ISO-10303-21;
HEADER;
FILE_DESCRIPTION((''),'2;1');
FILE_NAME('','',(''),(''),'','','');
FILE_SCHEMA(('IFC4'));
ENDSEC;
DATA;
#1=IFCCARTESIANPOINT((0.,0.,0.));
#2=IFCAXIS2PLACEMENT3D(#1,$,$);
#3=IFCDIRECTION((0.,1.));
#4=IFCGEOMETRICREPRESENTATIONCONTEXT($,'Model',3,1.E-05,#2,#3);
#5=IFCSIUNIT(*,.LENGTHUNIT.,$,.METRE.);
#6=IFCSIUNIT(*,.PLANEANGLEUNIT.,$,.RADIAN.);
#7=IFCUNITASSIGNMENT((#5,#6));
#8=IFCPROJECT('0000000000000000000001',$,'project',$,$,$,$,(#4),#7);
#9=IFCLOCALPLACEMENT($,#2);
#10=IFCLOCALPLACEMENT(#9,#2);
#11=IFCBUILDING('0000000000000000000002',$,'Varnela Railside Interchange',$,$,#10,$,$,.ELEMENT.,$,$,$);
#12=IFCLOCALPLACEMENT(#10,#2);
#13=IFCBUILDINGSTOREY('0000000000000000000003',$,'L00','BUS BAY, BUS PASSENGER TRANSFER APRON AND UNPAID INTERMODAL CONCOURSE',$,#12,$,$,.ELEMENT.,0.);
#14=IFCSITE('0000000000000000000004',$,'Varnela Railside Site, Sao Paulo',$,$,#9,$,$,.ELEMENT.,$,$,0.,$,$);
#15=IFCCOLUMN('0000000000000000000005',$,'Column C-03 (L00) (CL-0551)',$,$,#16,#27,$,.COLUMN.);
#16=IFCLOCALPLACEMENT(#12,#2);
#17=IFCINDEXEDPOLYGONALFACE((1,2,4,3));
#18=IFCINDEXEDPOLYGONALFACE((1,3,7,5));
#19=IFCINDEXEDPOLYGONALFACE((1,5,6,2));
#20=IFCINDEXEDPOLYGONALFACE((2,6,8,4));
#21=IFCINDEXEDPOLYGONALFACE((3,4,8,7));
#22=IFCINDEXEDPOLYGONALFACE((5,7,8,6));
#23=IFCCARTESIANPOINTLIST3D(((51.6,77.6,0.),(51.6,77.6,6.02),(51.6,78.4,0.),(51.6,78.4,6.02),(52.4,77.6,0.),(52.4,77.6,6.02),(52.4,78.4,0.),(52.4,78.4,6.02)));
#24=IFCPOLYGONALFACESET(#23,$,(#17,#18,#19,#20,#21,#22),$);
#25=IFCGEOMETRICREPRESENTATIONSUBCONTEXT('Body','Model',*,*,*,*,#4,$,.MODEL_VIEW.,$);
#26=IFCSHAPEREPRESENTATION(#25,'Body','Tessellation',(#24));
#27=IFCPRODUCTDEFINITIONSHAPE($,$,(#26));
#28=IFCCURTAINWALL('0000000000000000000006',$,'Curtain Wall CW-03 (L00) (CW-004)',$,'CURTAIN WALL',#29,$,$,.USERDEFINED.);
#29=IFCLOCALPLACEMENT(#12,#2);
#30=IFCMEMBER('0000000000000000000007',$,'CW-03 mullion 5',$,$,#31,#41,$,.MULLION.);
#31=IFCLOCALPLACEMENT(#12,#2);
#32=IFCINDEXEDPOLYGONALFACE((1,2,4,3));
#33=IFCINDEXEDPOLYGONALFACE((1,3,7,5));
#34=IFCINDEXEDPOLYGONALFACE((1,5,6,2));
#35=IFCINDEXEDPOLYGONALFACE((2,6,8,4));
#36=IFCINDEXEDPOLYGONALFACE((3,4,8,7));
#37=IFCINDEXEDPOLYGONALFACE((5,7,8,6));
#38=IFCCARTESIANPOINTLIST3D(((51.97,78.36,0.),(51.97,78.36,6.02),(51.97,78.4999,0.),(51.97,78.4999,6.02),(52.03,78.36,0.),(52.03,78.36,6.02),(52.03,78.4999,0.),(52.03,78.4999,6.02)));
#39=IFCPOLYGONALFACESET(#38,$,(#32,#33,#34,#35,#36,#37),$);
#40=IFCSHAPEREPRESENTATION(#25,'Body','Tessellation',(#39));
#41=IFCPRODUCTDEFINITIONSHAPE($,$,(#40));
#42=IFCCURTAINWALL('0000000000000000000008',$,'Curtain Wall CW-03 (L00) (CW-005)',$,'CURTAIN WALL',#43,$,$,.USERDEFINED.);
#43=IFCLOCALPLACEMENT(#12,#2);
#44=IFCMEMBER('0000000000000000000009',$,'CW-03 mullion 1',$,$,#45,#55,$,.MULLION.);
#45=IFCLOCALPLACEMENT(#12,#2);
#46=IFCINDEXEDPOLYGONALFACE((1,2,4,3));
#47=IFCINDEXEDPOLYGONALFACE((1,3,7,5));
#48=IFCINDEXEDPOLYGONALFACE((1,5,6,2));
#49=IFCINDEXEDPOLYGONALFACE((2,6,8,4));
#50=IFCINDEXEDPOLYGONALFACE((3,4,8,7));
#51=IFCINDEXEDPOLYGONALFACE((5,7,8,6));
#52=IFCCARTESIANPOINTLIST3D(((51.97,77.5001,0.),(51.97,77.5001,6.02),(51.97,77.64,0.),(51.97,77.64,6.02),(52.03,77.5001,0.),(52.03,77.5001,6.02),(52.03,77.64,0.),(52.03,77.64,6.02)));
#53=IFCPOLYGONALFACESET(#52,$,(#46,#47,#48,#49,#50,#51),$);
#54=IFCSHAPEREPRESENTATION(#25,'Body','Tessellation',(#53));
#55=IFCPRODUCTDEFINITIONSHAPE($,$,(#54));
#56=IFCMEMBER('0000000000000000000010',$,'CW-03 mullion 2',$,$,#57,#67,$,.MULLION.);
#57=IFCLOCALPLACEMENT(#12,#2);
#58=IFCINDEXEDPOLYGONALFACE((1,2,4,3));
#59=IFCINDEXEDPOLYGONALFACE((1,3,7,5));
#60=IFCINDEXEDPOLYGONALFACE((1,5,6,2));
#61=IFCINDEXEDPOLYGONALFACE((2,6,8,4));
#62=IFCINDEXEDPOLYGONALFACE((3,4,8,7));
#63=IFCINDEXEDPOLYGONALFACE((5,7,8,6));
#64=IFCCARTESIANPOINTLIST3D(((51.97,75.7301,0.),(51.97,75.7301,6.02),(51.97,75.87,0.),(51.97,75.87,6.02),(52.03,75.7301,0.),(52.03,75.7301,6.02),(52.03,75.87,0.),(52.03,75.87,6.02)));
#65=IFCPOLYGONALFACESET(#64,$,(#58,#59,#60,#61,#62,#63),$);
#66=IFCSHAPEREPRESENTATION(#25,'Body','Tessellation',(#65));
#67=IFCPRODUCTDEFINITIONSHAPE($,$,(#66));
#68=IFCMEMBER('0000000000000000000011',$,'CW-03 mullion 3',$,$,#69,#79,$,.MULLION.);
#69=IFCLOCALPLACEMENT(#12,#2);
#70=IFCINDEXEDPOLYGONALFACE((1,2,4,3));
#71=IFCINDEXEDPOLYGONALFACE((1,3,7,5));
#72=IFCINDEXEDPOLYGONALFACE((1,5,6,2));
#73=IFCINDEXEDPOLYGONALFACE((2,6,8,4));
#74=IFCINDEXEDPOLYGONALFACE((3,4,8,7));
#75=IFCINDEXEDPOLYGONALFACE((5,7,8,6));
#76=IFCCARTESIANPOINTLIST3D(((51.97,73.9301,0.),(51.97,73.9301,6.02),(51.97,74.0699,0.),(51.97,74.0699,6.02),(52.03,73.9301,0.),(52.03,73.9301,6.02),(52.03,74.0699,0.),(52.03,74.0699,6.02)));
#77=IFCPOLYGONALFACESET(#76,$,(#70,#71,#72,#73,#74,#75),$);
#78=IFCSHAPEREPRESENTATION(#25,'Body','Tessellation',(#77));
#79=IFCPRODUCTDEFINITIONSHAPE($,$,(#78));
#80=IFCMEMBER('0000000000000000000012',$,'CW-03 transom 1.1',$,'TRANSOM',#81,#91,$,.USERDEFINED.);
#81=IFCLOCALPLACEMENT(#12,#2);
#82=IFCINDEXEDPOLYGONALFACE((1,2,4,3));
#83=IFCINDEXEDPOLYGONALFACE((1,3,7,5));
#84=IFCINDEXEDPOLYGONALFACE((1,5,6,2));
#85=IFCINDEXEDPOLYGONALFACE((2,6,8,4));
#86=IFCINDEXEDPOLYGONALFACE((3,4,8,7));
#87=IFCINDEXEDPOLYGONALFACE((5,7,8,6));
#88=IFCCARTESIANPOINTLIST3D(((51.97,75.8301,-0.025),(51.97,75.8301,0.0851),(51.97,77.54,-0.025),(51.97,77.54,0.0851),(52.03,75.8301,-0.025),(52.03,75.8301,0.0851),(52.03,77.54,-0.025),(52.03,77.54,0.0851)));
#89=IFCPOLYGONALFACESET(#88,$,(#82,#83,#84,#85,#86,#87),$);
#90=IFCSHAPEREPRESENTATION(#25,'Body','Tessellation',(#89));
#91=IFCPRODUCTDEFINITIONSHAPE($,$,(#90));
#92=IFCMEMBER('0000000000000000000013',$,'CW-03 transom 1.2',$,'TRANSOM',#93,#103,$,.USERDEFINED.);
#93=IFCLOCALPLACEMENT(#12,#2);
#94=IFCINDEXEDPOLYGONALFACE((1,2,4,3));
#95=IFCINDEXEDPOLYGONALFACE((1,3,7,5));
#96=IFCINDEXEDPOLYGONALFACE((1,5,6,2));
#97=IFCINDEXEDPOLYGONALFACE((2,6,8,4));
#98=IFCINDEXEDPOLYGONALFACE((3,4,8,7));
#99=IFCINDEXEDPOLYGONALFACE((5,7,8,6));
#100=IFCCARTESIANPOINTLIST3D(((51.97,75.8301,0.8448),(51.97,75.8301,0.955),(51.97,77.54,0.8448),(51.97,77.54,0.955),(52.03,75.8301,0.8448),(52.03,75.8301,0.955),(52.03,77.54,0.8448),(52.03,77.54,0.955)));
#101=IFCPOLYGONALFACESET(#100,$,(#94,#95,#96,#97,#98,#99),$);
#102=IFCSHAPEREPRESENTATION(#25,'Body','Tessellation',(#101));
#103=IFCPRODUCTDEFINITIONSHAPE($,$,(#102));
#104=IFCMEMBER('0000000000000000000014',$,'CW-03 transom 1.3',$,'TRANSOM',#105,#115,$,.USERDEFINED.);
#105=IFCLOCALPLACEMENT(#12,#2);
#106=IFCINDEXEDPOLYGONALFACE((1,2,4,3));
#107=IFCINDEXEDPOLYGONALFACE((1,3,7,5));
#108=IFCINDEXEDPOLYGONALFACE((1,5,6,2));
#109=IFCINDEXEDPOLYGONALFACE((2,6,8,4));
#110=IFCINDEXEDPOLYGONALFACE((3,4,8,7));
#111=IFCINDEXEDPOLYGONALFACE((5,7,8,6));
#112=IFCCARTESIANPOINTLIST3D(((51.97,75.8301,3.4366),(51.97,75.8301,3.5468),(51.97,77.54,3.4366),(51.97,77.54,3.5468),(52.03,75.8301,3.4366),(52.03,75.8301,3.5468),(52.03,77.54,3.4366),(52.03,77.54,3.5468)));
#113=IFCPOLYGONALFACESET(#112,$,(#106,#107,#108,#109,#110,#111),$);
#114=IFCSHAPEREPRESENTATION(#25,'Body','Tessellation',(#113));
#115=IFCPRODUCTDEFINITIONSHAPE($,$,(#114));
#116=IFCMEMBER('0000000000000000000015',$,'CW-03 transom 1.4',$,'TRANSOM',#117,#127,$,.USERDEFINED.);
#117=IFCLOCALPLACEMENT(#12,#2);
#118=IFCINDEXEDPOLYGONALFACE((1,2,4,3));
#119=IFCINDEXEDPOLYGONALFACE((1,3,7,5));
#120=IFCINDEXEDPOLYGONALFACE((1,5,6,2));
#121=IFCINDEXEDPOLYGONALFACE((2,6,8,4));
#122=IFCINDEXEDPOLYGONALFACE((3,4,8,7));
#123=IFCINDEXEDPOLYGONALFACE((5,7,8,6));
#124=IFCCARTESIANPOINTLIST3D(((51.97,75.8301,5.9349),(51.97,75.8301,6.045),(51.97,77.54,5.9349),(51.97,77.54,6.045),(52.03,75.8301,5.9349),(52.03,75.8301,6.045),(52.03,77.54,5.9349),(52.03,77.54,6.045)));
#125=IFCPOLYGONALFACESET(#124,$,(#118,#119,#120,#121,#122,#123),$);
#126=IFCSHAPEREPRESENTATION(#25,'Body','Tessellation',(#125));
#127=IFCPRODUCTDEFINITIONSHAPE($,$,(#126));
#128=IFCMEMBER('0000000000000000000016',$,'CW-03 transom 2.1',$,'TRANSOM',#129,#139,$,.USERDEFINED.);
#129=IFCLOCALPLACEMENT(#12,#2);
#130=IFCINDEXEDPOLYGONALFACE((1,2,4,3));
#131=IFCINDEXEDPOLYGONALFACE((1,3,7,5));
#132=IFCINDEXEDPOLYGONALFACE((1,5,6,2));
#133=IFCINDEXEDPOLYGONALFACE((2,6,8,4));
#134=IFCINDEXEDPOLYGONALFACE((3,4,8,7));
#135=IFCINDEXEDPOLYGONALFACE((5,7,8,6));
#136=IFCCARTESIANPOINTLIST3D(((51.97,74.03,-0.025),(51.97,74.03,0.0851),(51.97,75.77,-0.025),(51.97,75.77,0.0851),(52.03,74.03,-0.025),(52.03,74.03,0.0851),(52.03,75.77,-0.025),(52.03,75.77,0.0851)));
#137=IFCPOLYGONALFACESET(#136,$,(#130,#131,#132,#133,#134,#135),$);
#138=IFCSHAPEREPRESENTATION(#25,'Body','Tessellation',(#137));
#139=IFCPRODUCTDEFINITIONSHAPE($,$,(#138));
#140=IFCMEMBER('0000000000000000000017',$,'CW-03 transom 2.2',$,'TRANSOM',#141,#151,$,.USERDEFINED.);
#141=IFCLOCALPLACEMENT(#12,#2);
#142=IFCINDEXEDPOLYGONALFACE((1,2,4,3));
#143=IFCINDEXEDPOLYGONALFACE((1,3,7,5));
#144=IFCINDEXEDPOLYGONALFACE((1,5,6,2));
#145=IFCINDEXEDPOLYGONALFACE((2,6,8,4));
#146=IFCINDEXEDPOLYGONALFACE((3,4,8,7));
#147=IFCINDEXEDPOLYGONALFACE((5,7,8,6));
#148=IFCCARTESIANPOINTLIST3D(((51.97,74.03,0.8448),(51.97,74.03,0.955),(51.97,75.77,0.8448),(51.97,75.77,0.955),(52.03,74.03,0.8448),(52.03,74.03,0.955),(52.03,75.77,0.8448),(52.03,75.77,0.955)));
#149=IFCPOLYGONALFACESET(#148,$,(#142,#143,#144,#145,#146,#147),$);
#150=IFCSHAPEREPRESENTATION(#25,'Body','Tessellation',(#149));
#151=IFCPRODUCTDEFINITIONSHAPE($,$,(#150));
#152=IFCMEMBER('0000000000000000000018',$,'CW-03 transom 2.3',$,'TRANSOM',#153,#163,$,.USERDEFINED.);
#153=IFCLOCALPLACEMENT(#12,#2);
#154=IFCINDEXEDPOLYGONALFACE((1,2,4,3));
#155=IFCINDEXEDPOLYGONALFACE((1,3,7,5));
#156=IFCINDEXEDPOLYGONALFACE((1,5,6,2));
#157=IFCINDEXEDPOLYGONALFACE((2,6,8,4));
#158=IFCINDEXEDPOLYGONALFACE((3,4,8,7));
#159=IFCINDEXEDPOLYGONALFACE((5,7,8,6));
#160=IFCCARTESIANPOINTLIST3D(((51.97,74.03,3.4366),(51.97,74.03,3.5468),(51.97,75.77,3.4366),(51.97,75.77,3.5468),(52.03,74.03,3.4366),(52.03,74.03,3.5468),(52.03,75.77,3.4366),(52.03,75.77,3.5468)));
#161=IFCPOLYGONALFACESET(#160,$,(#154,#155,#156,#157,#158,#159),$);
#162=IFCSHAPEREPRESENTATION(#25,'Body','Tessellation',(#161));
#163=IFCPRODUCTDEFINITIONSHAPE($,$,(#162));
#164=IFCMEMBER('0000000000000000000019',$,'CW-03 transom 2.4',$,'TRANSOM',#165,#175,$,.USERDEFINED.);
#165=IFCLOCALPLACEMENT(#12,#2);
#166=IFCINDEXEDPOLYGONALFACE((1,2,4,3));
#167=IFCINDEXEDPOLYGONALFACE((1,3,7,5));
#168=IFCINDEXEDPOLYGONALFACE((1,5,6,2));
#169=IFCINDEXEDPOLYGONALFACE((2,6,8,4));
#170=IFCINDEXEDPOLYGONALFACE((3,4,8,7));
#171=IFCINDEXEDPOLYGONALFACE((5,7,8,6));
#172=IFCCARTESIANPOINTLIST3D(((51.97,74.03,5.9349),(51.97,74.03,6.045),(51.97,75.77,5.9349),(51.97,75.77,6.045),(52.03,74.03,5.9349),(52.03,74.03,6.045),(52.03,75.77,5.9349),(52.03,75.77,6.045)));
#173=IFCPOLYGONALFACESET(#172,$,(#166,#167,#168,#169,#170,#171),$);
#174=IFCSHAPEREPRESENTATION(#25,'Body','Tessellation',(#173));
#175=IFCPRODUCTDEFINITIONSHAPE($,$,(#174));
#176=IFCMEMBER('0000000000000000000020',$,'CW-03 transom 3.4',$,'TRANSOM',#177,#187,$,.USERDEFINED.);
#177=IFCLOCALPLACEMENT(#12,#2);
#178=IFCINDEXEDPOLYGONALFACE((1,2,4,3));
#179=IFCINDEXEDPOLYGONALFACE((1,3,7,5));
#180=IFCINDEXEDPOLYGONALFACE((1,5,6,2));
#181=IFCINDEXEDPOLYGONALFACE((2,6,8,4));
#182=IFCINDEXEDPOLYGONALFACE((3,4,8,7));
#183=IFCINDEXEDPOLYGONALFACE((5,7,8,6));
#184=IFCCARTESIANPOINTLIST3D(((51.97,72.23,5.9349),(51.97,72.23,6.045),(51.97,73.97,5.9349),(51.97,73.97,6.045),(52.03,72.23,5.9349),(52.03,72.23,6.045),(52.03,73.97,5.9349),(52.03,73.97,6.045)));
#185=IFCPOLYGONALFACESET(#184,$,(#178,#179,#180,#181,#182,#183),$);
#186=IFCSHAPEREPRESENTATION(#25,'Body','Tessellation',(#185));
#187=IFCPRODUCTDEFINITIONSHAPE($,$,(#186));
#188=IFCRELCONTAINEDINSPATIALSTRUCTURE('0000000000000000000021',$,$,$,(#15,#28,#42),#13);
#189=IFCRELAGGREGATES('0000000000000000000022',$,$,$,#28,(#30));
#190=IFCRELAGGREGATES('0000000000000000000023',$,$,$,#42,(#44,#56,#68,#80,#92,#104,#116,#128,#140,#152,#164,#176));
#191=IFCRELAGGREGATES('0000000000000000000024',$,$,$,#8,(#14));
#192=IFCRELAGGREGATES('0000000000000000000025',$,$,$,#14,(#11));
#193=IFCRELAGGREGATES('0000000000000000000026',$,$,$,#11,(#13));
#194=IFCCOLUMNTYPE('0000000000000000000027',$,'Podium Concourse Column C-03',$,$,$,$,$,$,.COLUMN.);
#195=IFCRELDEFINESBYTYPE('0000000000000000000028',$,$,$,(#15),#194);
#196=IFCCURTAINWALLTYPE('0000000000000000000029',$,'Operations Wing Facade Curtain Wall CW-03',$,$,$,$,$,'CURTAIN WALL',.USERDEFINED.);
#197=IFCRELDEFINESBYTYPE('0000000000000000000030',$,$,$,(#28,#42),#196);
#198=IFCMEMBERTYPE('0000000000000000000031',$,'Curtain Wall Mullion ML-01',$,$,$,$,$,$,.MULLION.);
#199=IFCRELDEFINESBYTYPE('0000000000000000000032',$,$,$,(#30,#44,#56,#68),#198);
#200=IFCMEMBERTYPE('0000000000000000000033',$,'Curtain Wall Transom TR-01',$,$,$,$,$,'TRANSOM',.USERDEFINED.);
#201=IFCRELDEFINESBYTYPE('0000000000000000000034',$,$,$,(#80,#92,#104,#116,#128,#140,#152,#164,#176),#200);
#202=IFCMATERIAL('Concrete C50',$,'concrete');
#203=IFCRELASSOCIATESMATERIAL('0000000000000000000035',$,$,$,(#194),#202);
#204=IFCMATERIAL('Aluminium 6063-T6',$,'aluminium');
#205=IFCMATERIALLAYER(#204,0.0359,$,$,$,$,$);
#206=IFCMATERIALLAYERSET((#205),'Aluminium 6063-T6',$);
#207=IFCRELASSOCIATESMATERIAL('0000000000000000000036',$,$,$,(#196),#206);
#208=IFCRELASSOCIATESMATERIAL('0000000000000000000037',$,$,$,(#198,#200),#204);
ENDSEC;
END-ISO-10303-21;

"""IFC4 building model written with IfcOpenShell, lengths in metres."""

from ifc_helpers import new_model, si_unit, direction, frame, origin, origin_2d, place, context, subcontext, project, spatial, rectangle, extrude, material, layer, layer_set, material_profile, profile_set, type_object, element, aggregate, save


model = new_model("IFC4")

# Units and contexts
model_context = context("Model", 3, precision=1e-05, world=origin(), true_north=direction((0.0, 1.0)))
body_context = subcontext(model_context, "Body", "Model", "MODEL_VIEW")
ifc_project = project(units=[si_unit("LENGTHUNIT", "METRE"), si_unit("PLANEANGLEUNIT", "RADIAN")], contexts=[model_context])

# Site, building, storey
site_placement = place(None, origin())
site = spatial("IfcSite", under=ifc_project, at=site_placement, Name="Varnela Railside Site, Sao Paulo", CompositionType="ELEMENT", RefElevation=0.0)
building_placement = place(site_placement, origin())
building = spatial("IfcBuilding", under=site, at=building_placement, Name="Varnela Railside Interchange", CompositionType="ELEMENT")
storey_placement = place(building_placement, origin())
storey = spatial("IfcBuildingStorey", under=building, at=storey_placement, Name="L00", Description="BUS BAY, BUS PASSENGER TRANSFER APRON AND UNPAID INTERMODAL CONCOURSE", CompositionType="ELEMENT", Elevation=0.0)

# Column
ifc_material_1 = material(Name="Concrete C50", Category="concrete")
ifc_material_profile_1 = material_profile(ifc_material_1, rectangle(XDim=0.8, YDim=0.8, at=origin_2d()), Name="RC 800x800")
ifc_profile_set_1 = profile_set([ifc_material_profile_1], Name="Concrete C50")
column_type = type_object("IfcColumnType", Name="Podium Concourse Column C-03", PredefinedType="COLUMN", material=ifc_profile_set_1)
column_placement = place(storey_placement, frame((52.0, 78.0, 0.0), z_axis=(0.0, 0.0, 1.0), x_axis=(1.0, 0.0, 0.0)))
element("IfcColumn", 1, at=column_placement, inside=storey, type_object=column_type, Name="Column C-03 (L00) (CL-0551)", PredefinedType="COLUMN", context=body_context, shape_type="SweptSolid", body=[
    extrude(rectangle(XDim=0.8, YDim=0.8, at=origin_2d()), origin(), (0.0, 0.0, 1.0), 6.02),
])

# Curtain wall, member
ifc_material_2 = material(Name="Aluminium 6063-T6", Category="aluminium")
ifc_layer_1 = layer(ifc_material_2, 0.0359)
ifc_layer_set_1 = layer_set([ifc_layer_1], Name="Aluminium 6063-T6")
curtain_wall_type_1 = type_object("IfcCurtainWallType", Name="Operations Wing Facade Curtain Wall CW-03", ElementType="CURTAIN WALL", PredefinedType="USERDEFINED", material=ifc_layer_set_1)
curtain_wall_1_placement = place(storey_placement, origin())
curtain_wall_1 = element("IfcCurtainWall", 2, at=curtain_wall_1_placement, inside=storey, type_object=curtain_wall_type_1, Name="Curtain Wall CW-03 (L00) (CW-004)", ObjectType="CURTAIN WALL", PredefinedType="USERDEFINED")
ifc_material_profile_2 = material_profile(ifc_material_2, rectangle(XDim=0.0601, YDim=0.1399, at=origin_2d()), Name="ALU 60x140")
ifc_profile_set_2 = profile_set([ifc_material_profile_2], Name="Aluminium 6063-T6")
member_type_1 = type_object("IfcMemberType", Name="Curtain Wall Mullion ML-01", PredefinedType="MULLION", material=ifc_profile_set_2)
member_1_placement = place(storey_placement, frame((52.0, 78.4299, 0.0), z_axis=(0.0, 0.0, 1.0), x_axis=(1.0, 0.0, 0.0)))
member_1 = element("IfcMember", 3, at=member_1_placement, type_object=member_type_1, Name="CW-03 mullion 5", PredefinedType="MULLION", context=body_context, shape_type="SweptSolid", body=[
    extrude(rectangle(XDim=0.0601, YDim=0.1399, at=origin_2d()), origin(), (0.0, 0.0, 1.0), 6.02),
])

# Curtain wall, members
curtain_wall_2_placement = place(storey_placement, origin())
curtain_wall_2 = element("IfcCurtainWall", 4, at=curtain_wall_2_placement, inside=storey, type_object=curtain_wall_type_1, Name="Curtain Wall CW-03 (L00) (CW-005)", ObjectType="CURTAIN WALL", PredefinedType="USERDEFINED")
member_2_placement = place(storey_placement, frame((52.0, 77.5701, 0.0), z_axis=(0.0, 0.0, 1.0), x_axis=(1.0, 0.0, 0.0)))
member_2 = element("IfcMember", 5, at=member_2_placement, type_object=member_type_1, Name="CW-03 mullion 1", PredefinedType="MULLION", context=body_context, shape_type="SweptSolid", body=[
    extrude(rectangle(XDim=0.0601, YDim=0.1399, at=origin_2d()), origin(), (0.0, 0.0, 1.0), 6.02),
])
member_3_placement = place(storey_placement, frame((52.0, 75.8, 0.0), z_axis=(0.0, 0.0, 1.0), x_axis=(1.0, 0.0, 0.0)))
member_3 = element("IfcMember", 6, at=member_3_placement, type_object=member_type_1, Name="CW-03 mullion 2", PredefinedType="MULLION", context=body_context, shape_type="SweptSolid", body=[
    extrude(rectangle(XDim=0.0601, YDim=0.1399, at=origin_2d()), origin(), (0.0, 0.0, 1.0), 6.02),
])
member_4_placement = place(storey_placement, frame((52.0, 74.0, 0.0), z_axis=(0.0, 0.0, 1.0), x_axis=(1.0, 0.0, 0.0)))
member_4 = element("IfcMember", 7, at=member_4_placement, type_object=member_type_1, Name="CW-03 mullion 3", PredefinedType="MULLION", context=body_context, shape_type="SweptSolid", body=[
    extrude(rectangle(XDim=0.0601, YDim=0.1399, at=origin_2d()), origin(), (0.0, 0.0, 1.0), 6.02),
])
ifc_material_profile_3 = material_profile(ifc_material_2, rectangle(XDim=0.0601, YDim=0.1101, at=origin_2d()), Name="ALU 60x110")
ifc_profile_set_3 = profile_set([ifc_material_profile_3], Name="Aluminium 6063-T6")
member_type_2 = type_object("IfcMemberType", Name="Curtain Wall Transom TR-01", ElementType="TRANSOM", PredefinedType="USERDEFINED", material=ifc_profile_set_3)
member_5_placement = place(storey_placement, frame((52.0, 77.54, 0.03), z_axis=(0.0, -1.0, 0.0), x_axis=(1.0, 0.0, 0.0)))
member_5 = element("IfcMember", 8, at=member_5_placement, type_object=member_type_2, Name="CW-03 transom 1.1", ObjectType="TRANSOM", PredefinedType="USERDEFINED", context=body_context, shape_type="SweptSolid", body=[
    extrude(rectangle(XDim=0.0601, YDim=0.1101, at=origin_2d()), origin(), (0.0, 0.0, 1.0), 1.71),
])
member_6_placement = place(storey_placement, frame((52.0, 77.54, 0.8999), z_axis=(0.0, -1.0, 0.0), x_axis=(1.0, 0.0, 0.0)))
member_6 = element("IfcMember", 9, at=member_6_placement, type_object=member_type_2, Name="CW-03 transom 1.2", ObjectType="TRANSOM", PredefinedType="USERDEFINED", context=body_context, shape_type="SweptSolid", body=[
    extrude(rectangle(XDim=0.0601, YDim=0.1101, at=origin_2d()), origin(), (0.0, 0.0, 1.0), 1.71),
])
member_7_placement = place(storey_placement, frame((52.0, 77.54, 3.4917), z_axis=(0.0, -1.0, 0.0), x_axis=(1.0, 0.0, 0.0)))
member_7 = element("IfcMember", 10, at=member_7_placement, type_object=member_type_2, Name="CW-03 transom 1.3", ObjectType="TRANSOM", PredefinedType="USERDEFINED", context=body_context, shape_type="SweptSolid", body=[
    extrude(rectangle(XDim=0.0601, YDim=0.1101, at=origin_2d()), origin(), (0.0, 0.0, 1.0), 1.71),
])
member_8_placement = place(storey_placement, frame((52.0, 77.54, 5.99), z_axis=(0.0, -1.0, 0.0), x_axis=(1.0, 0.0, 0.0)))
member_8 = element("IfcMember", 11, at=member_8_placement, type_object=member_type_2, Name="CW-03 transom 1.4", ObjectType="TRANSOM", PredefinedType="USERDEFINED", context=body_context, shape_type="SweptSolid", body=[
    extrude(rectangle(XDim=0.0601, YDim=0.1101, at=origin_2d()), origin(), (0.0, 0.0, 1.0), 1.71),
])
member_9_placement = place(storey_placement, frame((52.0, 75.77, 0.03), z_axis=(0.0, -1.0, 0.0), x_axis=(1.0, 0.0, 0.0)))
member_9 = element("IfcMember", 12, at=member_9_placement, type_object=member_type_2, Name="CW-03 transom 2.1", ObjectType="TRANSOM", PredefinedType="USERDEFINED", context=body_context, shape_type="SweptSolid", body=[
    extrude(rectangle(XDim=0.0601, YDim=0.1101, at=origin_2d()), origin(), (0.0, 0.0, 1.0), 1.74),
])
member_10_placement = place(storey_placement, frame((52.0, 75.77, 0.8999), z_axis=(0.0, -1.0, 0.0), x_axis=(1.0, 0.0, 0.0)))
member_10 = element("IfcMember", 13, at=member_10_placement, type_object=member_type_2, Name="CW-03 transom 2.2", ObjectType="TRANSOM", PredefinedType="USERDEFINED", context=body_context, shape_type="SweptSolid", body=[
    extrude(rectangle(XDim=0.0601, YDim=0.1101, at=origin_2d()), origin(), (0.0, 0.0, 1.0), 1.74),
])
member_11_placement = place(storey_placement, frame((52.0, 75.77, 3.4917), z_axis=(0.0, -1.0, 0.0), x_axis=(1.0, 0.0, 0.0)))
member_11 = element("IfcMember", 14, at=member_11_placement, type_object=member_type_2, Name="CW-03 transom 2.3", ObjectType="TRANSOM", PredefinedType="USERDEFINED", context=body_context, shape_type="SweptSolid", body=[
    extrude(rectangle(XDim=0.0601, YDim=0.1101, at=origin_2d()), origin(), (0.0, 0.0, 1.0), 1.74),
])
member_12_placement = place(storey_placement, frame((52.0, 75.77, 5.99), z_axis=(0.0, -1.0, 0.0), x_axis=(1.0, 0.0, 0.0)))
member_12 = element("IfcMember", 15, at=member_12_placement, type_object=member_type_2, Name="CW-03 transom 2.4", ObjectType="TRANSOM", PredefinedType="USERDEFINED", context=body_context, shape_type="SweptSolid", body=[
    extrude(rectangle(XDim=0.0601, YDim=0.1101, at=origin_2d()), origin(), (0.0, 0.0, 1.0), 1.74),
])
member_13_placement = place(storey_placement, frame((52.0, 73.97, 5.99), z_axis=(0.0, -1.0, 0.0), x_axis=(1.0, 0.0, 0.0)))
member_13 = element("IfcMember", 16, at=member_13_placement, type_object=member_type_2, Name="CW-03 transom 3.4", ObjectType="TRANSOM", PredefinedType="USERDEFINED", context=body_context, shape_type="SweptSolid", body=[
    extrude(rectangle(XDim=0.0601, YDim=0.1101, at=origin_2d()), origin(), (0.0, 0.0, 1.0), 1.74),
])

aggregate(curtain_wall_1, [member_1])
aggregate(curtain_wall_2, [member_2, member_3, member_4, member_5, member_6, member_7, member_8, member_9, member_10, member_11, member_12, member_13])

save(model, "model.ifc")
